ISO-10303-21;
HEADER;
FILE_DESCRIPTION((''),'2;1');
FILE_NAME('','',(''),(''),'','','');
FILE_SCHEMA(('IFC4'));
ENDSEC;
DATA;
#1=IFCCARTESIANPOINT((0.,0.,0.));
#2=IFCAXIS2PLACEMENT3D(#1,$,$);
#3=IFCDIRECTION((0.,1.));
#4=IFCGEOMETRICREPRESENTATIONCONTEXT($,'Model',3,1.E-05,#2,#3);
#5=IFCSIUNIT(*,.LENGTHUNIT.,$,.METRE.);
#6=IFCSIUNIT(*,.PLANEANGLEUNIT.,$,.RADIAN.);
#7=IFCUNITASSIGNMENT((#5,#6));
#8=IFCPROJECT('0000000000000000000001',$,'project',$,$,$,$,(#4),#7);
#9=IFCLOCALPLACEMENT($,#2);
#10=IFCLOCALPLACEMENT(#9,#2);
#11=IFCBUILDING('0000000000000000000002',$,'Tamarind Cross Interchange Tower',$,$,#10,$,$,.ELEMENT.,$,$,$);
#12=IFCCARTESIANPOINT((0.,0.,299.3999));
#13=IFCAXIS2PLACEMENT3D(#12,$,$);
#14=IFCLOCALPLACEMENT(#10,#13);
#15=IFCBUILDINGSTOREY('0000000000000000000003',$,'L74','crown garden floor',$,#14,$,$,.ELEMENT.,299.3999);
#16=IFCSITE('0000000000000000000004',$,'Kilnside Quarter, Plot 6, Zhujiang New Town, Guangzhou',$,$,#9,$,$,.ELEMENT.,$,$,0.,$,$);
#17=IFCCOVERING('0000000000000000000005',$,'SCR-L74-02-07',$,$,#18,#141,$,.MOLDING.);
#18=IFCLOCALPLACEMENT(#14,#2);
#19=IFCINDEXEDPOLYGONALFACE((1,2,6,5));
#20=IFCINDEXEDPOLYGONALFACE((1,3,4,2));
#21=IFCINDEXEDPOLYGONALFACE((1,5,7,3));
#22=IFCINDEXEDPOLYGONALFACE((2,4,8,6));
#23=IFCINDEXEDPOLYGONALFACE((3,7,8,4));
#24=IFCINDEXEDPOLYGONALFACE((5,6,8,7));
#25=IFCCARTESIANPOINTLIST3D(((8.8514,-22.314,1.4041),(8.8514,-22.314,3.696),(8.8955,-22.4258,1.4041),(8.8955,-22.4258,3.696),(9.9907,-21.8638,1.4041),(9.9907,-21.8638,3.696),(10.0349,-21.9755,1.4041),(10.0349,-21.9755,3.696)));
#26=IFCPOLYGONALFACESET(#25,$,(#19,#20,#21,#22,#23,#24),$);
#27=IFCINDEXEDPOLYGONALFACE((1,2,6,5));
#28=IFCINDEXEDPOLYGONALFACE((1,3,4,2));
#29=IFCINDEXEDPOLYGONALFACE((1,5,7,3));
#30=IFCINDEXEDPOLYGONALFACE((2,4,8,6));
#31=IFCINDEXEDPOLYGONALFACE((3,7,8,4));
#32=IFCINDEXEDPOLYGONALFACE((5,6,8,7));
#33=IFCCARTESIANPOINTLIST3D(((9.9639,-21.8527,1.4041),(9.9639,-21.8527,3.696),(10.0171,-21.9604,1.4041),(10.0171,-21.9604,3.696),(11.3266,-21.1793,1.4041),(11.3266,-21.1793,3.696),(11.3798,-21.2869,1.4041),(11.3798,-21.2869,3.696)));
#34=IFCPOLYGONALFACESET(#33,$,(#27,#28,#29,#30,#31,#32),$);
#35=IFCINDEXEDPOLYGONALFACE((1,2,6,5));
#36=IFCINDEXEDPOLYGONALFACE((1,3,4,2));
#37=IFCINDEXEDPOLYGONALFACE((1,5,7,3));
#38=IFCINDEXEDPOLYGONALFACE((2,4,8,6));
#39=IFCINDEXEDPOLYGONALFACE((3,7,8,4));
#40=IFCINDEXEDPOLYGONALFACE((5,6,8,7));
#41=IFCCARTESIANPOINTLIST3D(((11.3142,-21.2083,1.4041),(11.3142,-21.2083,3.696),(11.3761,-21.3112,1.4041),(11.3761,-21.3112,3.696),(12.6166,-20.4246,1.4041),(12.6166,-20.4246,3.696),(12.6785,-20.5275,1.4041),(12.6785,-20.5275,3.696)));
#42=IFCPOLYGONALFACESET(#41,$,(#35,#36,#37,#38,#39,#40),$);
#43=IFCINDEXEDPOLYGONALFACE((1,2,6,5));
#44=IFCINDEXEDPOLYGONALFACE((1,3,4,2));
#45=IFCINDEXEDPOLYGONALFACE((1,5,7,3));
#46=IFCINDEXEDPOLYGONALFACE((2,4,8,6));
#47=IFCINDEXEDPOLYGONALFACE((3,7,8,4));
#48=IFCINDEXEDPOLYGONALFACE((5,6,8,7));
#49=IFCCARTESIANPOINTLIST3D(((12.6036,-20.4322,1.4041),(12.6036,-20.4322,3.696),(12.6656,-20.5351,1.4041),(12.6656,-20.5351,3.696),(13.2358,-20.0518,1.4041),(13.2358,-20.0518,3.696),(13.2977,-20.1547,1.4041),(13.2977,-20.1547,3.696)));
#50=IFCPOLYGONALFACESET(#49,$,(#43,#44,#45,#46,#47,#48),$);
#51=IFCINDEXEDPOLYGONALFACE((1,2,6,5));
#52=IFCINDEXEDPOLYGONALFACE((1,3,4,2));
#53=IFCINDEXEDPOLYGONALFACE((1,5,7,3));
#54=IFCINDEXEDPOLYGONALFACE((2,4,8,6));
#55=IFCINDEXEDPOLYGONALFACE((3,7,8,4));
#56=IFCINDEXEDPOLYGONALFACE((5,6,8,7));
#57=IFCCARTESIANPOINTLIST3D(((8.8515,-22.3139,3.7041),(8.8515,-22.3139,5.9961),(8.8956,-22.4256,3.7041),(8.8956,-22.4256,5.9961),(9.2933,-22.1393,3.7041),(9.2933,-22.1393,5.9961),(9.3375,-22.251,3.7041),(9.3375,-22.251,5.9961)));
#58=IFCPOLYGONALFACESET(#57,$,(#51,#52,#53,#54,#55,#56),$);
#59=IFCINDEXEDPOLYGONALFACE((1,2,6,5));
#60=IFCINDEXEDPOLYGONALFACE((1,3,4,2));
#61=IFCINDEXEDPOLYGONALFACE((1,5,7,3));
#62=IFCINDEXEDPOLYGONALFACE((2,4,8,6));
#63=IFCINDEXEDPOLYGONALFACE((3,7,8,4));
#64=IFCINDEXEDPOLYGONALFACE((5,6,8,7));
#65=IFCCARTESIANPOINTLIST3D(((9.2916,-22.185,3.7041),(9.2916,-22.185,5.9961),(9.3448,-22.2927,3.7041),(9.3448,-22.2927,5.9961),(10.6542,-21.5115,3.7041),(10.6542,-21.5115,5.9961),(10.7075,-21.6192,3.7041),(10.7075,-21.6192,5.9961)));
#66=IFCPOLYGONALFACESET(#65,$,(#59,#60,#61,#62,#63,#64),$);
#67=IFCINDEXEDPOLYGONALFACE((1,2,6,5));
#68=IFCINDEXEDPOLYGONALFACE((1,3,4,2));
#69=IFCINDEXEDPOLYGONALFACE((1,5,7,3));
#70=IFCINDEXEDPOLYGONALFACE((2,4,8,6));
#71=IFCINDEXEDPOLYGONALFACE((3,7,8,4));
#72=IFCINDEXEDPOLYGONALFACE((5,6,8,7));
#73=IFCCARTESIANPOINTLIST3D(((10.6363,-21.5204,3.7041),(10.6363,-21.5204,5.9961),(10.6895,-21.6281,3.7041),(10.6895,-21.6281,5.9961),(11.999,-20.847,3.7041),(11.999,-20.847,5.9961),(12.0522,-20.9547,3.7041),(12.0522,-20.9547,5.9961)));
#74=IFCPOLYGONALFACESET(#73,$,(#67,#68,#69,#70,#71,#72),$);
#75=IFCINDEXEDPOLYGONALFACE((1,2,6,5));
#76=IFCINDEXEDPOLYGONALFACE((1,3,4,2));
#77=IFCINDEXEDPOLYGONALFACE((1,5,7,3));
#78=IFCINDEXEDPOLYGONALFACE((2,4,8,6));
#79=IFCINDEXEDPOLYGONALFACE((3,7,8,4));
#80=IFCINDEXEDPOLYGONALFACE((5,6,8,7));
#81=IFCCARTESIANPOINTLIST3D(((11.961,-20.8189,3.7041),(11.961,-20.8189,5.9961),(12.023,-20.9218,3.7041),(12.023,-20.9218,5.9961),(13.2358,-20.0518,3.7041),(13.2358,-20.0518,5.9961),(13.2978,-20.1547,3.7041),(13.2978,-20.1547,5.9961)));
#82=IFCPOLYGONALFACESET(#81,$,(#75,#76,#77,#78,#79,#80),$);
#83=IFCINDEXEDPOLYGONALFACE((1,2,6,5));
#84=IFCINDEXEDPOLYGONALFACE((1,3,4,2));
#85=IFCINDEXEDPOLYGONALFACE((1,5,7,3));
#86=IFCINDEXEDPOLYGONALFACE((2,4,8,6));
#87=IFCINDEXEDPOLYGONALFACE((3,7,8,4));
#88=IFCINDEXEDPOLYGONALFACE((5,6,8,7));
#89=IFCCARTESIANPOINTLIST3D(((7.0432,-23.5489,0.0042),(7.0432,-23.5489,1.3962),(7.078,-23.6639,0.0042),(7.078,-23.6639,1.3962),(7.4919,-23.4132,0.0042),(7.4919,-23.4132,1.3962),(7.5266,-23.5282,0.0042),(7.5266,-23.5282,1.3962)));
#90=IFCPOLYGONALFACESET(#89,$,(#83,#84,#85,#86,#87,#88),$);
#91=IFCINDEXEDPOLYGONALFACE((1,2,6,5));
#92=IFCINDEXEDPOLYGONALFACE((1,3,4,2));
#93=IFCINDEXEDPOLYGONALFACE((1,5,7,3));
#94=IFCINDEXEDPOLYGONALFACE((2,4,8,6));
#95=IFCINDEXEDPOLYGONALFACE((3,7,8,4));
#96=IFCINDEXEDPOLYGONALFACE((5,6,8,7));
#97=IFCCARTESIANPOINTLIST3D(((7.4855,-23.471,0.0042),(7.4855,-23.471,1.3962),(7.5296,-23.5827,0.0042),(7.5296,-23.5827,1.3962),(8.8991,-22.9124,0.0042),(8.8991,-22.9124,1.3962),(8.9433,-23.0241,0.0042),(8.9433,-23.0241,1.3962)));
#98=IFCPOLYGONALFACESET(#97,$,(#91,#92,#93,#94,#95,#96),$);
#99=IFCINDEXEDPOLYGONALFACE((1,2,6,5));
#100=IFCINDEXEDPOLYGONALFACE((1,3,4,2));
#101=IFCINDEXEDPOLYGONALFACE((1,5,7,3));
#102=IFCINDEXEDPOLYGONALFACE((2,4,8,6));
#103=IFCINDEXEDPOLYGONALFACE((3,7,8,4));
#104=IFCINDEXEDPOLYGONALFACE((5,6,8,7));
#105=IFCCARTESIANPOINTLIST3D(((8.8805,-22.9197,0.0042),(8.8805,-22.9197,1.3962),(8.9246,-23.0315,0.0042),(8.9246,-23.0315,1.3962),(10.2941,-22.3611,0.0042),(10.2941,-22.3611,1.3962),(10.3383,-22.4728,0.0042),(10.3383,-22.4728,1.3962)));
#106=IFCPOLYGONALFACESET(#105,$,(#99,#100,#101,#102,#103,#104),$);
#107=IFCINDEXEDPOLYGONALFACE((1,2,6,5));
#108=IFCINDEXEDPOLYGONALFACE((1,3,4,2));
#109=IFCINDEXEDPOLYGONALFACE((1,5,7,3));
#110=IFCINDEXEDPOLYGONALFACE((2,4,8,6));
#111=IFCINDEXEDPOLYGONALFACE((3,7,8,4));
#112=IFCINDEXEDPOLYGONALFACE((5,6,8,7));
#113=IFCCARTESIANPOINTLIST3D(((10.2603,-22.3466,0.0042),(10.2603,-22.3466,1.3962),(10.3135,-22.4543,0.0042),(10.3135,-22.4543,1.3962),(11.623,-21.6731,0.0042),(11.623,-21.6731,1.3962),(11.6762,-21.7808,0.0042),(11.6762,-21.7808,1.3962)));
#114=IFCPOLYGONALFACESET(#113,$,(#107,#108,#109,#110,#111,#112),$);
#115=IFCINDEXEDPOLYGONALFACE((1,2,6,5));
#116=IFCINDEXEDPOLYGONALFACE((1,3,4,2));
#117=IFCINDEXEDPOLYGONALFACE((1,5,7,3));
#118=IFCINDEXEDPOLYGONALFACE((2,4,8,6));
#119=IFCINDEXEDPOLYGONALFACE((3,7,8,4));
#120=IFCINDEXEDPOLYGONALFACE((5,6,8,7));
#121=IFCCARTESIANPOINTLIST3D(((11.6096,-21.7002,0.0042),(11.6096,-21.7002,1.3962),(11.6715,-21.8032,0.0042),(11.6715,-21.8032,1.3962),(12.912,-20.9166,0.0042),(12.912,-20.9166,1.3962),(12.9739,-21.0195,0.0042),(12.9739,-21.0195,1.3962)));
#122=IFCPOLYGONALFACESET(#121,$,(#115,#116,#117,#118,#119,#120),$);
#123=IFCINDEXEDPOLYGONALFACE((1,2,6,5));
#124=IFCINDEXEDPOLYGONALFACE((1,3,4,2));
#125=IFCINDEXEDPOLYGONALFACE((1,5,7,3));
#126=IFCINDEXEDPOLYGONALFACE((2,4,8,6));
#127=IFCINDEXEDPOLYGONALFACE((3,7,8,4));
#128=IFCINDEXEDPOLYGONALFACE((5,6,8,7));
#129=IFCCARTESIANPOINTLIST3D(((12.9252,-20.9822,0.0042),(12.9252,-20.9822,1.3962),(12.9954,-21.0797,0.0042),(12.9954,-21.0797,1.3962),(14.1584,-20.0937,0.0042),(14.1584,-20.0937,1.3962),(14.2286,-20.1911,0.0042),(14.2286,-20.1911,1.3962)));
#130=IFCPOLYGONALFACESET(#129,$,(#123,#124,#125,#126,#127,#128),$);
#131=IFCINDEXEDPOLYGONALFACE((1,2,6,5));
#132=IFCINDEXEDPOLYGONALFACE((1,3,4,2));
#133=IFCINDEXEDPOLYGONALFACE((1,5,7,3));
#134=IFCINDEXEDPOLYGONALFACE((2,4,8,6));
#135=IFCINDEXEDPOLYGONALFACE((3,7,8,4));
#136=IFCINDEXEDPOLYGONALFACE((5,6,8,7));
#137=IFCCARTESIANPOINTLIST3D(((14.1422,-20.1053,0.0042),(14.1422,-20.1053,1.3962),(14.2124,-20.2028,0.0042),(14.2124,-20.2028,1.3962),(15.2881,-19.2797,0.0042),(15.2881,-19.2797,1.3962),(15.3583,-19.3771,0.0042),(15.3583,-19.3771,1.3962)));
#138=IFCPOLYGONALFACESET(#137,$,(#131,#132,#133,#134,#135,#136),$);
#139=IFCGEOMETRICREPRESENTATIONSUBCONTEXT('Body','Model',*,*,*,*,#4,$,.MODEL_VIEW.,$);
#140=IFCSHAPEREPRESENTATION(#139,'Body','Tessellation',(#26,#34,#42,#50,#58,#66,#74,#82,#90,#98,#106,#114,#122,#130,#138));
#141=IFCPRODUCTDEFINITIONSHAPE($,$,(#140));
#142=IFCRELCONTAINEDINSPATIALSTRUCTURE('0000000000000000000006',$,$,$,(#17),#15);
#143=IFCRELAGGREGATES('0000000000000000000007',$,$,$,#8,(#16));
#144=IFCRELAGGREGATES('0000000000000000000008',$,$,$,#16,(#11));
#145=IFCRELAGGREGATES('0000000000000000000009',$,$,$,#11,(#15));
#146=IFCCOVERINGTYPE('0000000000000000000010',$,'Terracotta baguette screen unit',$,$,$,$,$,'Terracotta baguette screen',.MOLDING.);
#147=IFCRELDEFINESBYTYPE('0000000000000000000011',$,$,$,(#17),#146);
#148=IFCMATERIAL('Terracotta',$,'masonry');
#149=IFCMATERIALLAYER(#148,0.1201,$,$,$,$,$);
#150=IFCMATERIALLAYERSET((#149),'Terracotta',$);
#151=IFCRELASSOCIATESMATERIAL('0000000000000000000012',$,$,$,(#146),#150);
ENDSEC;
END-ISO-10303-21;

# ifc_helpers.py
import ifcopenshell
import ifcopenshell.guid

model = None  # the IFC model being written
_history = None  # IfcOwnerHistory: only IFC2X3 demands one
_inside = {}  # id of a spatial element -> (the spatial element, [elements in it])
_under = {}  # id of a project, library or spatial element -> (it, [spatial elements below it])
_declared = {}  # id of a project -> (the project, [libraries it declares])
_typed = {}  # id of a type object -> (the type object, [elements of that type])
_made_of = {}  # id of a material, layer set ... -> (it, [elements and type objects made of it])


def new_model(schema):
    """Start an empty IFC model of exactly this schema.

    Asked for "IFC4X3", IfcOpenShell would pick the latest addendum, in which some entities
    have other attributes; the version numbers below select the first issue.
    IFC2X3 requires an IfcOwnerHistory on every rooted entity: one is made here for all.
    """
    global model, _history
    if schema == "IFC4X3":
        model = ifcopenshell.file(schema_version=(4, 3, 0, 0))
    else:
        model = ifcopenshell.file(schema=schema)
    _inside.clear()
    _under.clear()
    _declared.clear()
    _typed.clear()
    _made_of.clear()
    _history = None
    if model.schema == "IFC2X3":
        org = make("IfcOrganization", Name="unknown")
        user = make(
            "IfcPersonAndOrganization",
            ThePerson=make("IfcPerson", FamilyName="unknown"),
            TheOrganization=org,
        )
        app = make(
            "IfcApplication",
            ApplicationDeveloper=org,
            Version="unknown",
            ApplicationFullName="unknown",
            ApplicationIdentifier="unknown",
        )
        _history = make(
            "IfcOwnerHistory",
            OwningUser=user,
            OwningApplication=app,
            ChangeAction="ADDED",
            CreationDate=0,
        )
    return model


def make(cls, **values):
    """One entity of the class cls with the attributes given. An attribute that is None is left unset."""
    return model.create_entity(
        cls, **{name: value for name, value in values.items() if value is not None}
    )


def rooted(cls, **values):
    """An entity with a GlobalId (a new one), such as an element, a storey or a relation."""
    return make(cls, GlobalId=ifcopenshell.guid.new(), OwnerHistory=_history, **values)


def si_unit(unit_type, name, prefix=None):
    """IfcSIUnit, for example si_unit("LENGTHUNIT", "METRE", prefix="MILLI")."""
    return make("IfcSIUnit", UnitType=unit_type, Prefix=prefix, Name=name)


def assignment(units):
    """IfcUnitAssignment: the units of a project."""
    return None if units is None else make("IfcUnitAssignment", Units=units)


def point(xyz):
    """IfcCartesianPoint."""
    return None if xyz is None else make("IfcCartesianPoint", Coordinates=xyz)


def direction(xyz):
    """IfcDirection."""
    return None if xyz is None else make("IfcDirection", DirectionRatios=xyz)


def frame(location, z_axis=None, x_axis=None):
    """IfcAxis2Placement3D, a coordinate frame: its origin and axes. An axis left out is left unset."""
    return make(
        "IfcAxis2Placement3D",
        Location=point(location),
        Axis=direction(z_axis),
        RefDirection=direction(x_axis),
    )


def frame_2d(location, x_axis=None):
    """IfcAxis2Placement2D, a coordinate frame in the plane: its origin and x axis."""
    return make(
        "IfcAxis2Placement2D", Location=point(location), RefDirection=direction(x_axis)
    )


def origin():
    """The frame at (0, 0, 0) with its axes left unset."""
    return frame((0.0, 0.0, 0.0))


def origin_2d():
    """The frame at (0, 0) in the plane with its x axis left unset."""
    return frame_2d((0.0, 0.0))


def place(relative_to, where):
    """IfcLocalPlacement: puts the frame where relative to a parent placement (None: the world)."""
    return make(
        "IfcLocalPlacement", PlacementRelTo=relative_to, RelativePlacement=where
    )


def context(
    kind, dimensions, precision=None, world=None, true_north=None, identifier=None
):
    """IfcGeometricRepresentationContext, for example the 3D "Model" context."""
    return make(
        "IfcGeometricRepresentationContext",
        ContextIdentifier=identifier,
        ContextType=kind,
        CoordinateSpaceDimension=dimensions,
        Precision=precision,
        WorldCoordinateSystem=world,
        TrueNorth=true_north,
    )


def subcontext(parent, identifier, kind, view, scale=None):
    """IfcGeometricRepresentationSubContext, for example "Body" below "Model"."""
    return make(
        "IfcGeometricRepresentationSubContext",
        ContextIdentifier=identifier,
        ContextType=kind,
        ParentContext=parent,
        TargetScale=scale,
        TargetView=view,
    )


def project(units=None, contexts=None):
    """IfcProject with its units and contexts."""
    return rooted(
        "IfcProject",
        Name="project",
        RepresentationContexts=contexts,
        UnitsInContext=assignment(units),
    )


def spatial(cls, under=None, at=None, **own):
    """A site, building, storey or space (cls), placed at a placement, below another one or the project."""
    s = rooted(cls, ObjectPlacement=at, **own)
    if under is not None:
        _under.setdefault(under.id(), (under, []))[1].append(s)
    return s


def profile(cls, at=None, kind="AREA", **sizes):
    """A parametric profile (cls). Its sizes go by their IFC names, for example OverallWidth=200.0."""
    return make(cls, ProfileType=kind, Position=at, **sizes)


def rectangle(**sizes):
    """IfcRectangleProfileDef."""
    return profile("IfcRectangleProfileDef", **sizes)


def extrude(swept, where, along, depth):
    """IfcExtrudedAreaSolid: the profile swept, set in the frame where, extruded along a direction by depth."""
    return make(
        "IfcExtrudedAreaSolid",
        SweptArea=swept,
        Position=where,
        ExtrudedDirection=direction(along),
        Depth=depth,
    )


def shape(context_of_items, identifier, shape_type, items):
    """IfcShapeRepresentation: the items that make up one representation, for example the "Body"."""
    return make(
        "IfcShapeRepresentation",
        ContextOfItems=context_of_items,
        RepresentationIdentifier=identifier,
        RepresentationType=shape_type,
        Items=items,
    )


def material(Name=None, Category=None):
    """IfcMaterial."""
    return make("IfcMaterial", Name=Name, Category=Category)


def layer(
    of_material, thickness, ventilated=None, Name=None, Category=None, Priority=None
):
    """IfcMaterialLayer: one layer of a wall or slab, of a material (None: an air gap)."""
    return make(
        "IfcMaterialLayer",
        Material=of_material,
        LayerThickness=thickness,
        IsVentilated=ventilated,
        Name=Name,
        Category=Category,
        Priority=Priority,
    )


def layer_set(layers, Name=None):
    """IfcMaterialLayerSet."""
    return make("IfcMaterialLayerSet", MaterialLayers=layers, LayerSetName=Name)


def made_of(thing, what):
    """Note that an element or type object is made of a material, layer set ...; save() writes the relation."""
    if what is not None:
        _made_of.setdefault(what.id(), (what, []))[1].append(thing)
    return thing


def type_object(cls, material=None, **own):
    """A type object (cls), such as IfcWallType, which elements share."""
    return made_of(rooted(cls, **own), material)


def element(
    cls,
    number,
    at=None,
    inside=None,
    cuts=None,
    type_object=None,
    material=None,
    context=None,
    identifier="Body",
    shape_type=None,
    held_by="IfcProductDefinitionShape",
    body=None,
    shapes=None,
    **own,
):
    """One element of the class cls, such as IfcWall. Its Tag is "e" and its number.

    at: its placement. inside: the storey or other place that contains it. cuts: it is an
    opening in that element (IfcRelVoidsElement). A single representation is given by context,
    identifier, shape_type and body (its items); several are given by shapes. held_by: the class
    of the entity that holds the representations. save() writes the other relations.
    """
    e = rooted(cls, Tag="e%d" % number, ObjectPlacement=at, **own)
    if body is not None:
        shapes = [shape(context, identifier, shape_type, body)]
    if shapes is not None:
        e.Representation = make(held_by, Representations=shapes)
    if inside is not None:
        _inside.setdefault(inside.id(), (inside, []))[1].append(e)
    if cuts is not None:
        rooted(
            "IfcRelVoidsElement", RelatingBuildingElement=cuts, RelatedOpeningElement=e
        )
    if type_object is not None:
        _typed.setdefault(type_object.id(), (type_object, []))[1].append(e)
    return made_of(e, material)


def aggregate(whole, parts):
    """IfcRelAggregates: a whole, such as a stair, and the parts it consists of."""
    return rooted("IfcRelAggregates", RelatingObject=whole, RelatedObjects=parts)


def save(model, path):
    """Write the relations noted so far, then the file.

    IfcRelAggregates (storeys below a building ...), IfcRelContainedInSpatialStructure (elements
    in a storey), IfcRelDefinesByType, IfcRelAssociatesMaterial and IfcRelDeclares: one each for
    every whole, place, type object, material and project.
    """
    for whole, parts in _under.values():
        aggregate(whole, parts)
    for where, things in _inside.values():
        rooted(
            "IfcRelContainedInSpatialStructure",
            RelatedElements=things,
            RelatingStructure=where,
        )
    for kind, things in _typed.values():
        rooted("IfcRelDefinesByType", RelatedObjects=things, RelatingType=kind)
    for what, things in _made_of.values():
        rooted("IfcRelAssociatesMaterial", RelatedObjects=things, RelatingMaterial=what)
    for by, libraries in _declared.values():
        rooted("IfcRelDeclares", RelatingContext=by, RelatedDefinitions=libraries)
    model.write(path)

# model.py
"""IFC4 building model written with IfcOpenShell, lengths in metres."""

from ifc_helpers import new_model, si_unit, direction, frame, origin, origin_2d, place, context, subcontext, project, spatial, rectangle, extrude, material, layer, layer_set, type_object, element, save


model = new_model("IFC4")

# Units and contexts
model_context = context("Model", 3, precision=1e-05, world=origin(), true_north=direction((0.0, 1.0)))
body_context = subcontext(model_context, "Body", "Model", "MODEL_VIEW")
ifc_project = project(units=[si_unit("LENGTHUNIT", "METRE"), si_unit("PLANEANGLEUNIT", "RADIAN")], contexts=[model_context])

# Site, building, storey
site_placement = place(None, origin())
site = spatial("IfcSite", under=ifc_project, at=site_placement, Name="Kilnside Quarter, Plot 6, Zhujiang New Town, Guangzhou", CompositionType="ELEMENT", RefElevation=0.0)
building_placement = place(site_placement, origin())
building = spatial("IfcBuilding", under=site, at=building_placement, Name="Tamarind Cross Interchange Tower", CompositionType="ELEMENT")
storey_placement = place(building_placement, frame((0.0, 0.0, 299.3999)))
storey = spatial("IfcBuildingStorey", under=building, at=storey_placement, Name="L74", Description="crown garden floor", CompositionType="ELEMENT", Elevation=299.3999)

# Covering
ifc_material_1 = material(Name="Terracotta", Category="masonry")
ifc_layer_1 = layer(ifc_material_1, 0.1201)
ifc_layer_set_1 = layer_set([ifc_layer_1], Name="Terracotta")
covering_type = type_object("IfcCoveringType", Name="Terracotta baguette screen unit", ElementType="Terracotta baguette screen", PredefinedType="MOLDING", material=ifc_layer_set_1)
covering_1_placement = place(storey_placement, origin())
element("IfcCovering", 1, at=covering_1_placement, inside=storey, type_object=covering_type, Name="SCR-L74-02-07", PredefinedType="MOLDING", context=body_context, shape_type="SweptSolid", body=[
    extrude(rectangle(XDim=1.2251, YDim=0.1201, at=origin_2d()), frame((9.4431, -22.1448, 1.4041), z_axis=(0.0, 0.0, 1.0), x_axis=(0.930018, 0.367514, 0.0)), (0.0, 0.0, 1.0), 2.292),
    extrude(rectangle(XDim=1.52, YDim=0.1201, at=origin_2d()), frame((10.6719, -21.5698, 1.4041), z_axis=(0.0, 0.0, 1.0), x_axis=(0.896493, 0.443059, 0.0)), (0.0, 0.0, 1.0), 2.292),
    extrude(rectangle(XDim=1.52, YDim=0.1201, at=origin_2d()), frame((11.9963, -20.8679, 1.4041), z_axis=(0.0, 0.0, 1.0), x_axis=(0.856843, 0.515577, 0.0)), (0.0, 0.0, 1.0), 2.292),
    extrude(rectangle(XDim=0.7378, YDim=0.1201, at=origin_2d()), frame((12.9507, -20.2935, 1.4041), z_axis=(0.0, 0.0, 1.0), x_axis=(0.856843, 0.515577, 0.0)), (0.0, 0.0, 1.0), 2.292),
    extrude(rectangle(XDim=0.4751, YDim=0.1201, at=origin_2d()), frame((9.0945, -22.2825, 3.7041), z_axis=(0.0, 0.0, 1.0), x_axis=(0.930018, 0.367514, 0.0)), (0.0, 0.0, 1.0), 2.292),
    extrude(rectangle(XDim=1.52, YDim=0.1201, at=origin_2d()), frame((9.9995, -21.9021, 3.7041), z_axis=(0.0, 0.0, 1.0), x_axis=(0.896493, 0.443059, 0.0)), (0.0, 0.0, 1.0), 2.292),
    extrude(rectangle(XDim=1.52, YDim=0.1201, at=origin_2d()), frame((11.3442, -21.2375, 3.7041), z_axis=(0.0, 0.0, 1.0), x_axis=(0.896493, 0.443059, 0.0)), (0.0, 0.0, 1.0), 2.292),
    extrude(rectangle(XDim=1.4878, YDim=0.1201, at=origin_2d()), frame((12.6294, -20.4868, 3.7041), z_axis=(0.0, 0.0, 1.0), x_axis=(0.856843, 0.515577, 0.0)), (0.0, 0.0, 1.0), 2.292),
    extrude(rectangle(XDim=0.4688, YDim=0.1201, at=origin_2d()), frame((7.2849, -23.5386, 0.0042), z_axis=(0.0, 0.0, 1.0), x_axis=(0.957191, 0.289458, 0.0)), (0.0, 0.0, 1.0), 1.3921),
    extrude(rectangle(XDim=1.52, YDim=0.1201, at=origin_2d()), frame((8.2144, -23.2476, 0.0042), z_axis=(0.0, 0.0, 1.0), x_axis=(0.930018, 0.367514, 0.0)), (0.0, 0.0, 1.0), 1.3921),
    extrude(rectangle(XDim=1.52, YDim=0.1201, at=origin_2d()), frame((9.6094, -22.6963, 0.0042), z_axis=(0.0, 0.0, 1.0), x_axis=(0.930018, 0.367514, 0.0)), (0.0, 0.0, 1.0), 1.3921),
    extrude(rectangle(XDim=1.52, YDim=0.1201, at=origin_2d()), frame((10.9683, -22.0637, 0.0042), z_axis=(0.0, 0.0, 1.0), x_axis=(0.896493, 0.443059, 0.0)), (0.0, 0.0, 1.0), 1.3921),
    extrude(rectangle(XDim=1.52, YDim=0.1201, at=origin_2d()), frame((12.2917, -21.3599, 0.0042), z_axis=(0.0, 0.0, 1.0), x_axis=(0.856843, 0.515577, 0.0)), (0.0, 0.0, 1.0), 1.3921),
    extrude(rectangle(XDim=1.52, YDim=0.1201, at=origin_2d()), frame((13.5769, -20.5867, 0.0042), z_axis=(0.0, 0.0, 1.0), x_axis=(0.81134, 0.584574, 0.0)), (0.0, 0.0, 1.0), 1.3921),
    extrude(rectangle(XDim=1.4124, YDim=0.1201, at=origin_2d()), frame((14.7502, -19.7412, 0.0042), z_axis=(0.0, 0.0, 1.0), x_axis=(0.81134, 0.584574, 0.0)), (0.0, 0.0, 1.0), 1.3921),
])

save(model, "model.ifc")
